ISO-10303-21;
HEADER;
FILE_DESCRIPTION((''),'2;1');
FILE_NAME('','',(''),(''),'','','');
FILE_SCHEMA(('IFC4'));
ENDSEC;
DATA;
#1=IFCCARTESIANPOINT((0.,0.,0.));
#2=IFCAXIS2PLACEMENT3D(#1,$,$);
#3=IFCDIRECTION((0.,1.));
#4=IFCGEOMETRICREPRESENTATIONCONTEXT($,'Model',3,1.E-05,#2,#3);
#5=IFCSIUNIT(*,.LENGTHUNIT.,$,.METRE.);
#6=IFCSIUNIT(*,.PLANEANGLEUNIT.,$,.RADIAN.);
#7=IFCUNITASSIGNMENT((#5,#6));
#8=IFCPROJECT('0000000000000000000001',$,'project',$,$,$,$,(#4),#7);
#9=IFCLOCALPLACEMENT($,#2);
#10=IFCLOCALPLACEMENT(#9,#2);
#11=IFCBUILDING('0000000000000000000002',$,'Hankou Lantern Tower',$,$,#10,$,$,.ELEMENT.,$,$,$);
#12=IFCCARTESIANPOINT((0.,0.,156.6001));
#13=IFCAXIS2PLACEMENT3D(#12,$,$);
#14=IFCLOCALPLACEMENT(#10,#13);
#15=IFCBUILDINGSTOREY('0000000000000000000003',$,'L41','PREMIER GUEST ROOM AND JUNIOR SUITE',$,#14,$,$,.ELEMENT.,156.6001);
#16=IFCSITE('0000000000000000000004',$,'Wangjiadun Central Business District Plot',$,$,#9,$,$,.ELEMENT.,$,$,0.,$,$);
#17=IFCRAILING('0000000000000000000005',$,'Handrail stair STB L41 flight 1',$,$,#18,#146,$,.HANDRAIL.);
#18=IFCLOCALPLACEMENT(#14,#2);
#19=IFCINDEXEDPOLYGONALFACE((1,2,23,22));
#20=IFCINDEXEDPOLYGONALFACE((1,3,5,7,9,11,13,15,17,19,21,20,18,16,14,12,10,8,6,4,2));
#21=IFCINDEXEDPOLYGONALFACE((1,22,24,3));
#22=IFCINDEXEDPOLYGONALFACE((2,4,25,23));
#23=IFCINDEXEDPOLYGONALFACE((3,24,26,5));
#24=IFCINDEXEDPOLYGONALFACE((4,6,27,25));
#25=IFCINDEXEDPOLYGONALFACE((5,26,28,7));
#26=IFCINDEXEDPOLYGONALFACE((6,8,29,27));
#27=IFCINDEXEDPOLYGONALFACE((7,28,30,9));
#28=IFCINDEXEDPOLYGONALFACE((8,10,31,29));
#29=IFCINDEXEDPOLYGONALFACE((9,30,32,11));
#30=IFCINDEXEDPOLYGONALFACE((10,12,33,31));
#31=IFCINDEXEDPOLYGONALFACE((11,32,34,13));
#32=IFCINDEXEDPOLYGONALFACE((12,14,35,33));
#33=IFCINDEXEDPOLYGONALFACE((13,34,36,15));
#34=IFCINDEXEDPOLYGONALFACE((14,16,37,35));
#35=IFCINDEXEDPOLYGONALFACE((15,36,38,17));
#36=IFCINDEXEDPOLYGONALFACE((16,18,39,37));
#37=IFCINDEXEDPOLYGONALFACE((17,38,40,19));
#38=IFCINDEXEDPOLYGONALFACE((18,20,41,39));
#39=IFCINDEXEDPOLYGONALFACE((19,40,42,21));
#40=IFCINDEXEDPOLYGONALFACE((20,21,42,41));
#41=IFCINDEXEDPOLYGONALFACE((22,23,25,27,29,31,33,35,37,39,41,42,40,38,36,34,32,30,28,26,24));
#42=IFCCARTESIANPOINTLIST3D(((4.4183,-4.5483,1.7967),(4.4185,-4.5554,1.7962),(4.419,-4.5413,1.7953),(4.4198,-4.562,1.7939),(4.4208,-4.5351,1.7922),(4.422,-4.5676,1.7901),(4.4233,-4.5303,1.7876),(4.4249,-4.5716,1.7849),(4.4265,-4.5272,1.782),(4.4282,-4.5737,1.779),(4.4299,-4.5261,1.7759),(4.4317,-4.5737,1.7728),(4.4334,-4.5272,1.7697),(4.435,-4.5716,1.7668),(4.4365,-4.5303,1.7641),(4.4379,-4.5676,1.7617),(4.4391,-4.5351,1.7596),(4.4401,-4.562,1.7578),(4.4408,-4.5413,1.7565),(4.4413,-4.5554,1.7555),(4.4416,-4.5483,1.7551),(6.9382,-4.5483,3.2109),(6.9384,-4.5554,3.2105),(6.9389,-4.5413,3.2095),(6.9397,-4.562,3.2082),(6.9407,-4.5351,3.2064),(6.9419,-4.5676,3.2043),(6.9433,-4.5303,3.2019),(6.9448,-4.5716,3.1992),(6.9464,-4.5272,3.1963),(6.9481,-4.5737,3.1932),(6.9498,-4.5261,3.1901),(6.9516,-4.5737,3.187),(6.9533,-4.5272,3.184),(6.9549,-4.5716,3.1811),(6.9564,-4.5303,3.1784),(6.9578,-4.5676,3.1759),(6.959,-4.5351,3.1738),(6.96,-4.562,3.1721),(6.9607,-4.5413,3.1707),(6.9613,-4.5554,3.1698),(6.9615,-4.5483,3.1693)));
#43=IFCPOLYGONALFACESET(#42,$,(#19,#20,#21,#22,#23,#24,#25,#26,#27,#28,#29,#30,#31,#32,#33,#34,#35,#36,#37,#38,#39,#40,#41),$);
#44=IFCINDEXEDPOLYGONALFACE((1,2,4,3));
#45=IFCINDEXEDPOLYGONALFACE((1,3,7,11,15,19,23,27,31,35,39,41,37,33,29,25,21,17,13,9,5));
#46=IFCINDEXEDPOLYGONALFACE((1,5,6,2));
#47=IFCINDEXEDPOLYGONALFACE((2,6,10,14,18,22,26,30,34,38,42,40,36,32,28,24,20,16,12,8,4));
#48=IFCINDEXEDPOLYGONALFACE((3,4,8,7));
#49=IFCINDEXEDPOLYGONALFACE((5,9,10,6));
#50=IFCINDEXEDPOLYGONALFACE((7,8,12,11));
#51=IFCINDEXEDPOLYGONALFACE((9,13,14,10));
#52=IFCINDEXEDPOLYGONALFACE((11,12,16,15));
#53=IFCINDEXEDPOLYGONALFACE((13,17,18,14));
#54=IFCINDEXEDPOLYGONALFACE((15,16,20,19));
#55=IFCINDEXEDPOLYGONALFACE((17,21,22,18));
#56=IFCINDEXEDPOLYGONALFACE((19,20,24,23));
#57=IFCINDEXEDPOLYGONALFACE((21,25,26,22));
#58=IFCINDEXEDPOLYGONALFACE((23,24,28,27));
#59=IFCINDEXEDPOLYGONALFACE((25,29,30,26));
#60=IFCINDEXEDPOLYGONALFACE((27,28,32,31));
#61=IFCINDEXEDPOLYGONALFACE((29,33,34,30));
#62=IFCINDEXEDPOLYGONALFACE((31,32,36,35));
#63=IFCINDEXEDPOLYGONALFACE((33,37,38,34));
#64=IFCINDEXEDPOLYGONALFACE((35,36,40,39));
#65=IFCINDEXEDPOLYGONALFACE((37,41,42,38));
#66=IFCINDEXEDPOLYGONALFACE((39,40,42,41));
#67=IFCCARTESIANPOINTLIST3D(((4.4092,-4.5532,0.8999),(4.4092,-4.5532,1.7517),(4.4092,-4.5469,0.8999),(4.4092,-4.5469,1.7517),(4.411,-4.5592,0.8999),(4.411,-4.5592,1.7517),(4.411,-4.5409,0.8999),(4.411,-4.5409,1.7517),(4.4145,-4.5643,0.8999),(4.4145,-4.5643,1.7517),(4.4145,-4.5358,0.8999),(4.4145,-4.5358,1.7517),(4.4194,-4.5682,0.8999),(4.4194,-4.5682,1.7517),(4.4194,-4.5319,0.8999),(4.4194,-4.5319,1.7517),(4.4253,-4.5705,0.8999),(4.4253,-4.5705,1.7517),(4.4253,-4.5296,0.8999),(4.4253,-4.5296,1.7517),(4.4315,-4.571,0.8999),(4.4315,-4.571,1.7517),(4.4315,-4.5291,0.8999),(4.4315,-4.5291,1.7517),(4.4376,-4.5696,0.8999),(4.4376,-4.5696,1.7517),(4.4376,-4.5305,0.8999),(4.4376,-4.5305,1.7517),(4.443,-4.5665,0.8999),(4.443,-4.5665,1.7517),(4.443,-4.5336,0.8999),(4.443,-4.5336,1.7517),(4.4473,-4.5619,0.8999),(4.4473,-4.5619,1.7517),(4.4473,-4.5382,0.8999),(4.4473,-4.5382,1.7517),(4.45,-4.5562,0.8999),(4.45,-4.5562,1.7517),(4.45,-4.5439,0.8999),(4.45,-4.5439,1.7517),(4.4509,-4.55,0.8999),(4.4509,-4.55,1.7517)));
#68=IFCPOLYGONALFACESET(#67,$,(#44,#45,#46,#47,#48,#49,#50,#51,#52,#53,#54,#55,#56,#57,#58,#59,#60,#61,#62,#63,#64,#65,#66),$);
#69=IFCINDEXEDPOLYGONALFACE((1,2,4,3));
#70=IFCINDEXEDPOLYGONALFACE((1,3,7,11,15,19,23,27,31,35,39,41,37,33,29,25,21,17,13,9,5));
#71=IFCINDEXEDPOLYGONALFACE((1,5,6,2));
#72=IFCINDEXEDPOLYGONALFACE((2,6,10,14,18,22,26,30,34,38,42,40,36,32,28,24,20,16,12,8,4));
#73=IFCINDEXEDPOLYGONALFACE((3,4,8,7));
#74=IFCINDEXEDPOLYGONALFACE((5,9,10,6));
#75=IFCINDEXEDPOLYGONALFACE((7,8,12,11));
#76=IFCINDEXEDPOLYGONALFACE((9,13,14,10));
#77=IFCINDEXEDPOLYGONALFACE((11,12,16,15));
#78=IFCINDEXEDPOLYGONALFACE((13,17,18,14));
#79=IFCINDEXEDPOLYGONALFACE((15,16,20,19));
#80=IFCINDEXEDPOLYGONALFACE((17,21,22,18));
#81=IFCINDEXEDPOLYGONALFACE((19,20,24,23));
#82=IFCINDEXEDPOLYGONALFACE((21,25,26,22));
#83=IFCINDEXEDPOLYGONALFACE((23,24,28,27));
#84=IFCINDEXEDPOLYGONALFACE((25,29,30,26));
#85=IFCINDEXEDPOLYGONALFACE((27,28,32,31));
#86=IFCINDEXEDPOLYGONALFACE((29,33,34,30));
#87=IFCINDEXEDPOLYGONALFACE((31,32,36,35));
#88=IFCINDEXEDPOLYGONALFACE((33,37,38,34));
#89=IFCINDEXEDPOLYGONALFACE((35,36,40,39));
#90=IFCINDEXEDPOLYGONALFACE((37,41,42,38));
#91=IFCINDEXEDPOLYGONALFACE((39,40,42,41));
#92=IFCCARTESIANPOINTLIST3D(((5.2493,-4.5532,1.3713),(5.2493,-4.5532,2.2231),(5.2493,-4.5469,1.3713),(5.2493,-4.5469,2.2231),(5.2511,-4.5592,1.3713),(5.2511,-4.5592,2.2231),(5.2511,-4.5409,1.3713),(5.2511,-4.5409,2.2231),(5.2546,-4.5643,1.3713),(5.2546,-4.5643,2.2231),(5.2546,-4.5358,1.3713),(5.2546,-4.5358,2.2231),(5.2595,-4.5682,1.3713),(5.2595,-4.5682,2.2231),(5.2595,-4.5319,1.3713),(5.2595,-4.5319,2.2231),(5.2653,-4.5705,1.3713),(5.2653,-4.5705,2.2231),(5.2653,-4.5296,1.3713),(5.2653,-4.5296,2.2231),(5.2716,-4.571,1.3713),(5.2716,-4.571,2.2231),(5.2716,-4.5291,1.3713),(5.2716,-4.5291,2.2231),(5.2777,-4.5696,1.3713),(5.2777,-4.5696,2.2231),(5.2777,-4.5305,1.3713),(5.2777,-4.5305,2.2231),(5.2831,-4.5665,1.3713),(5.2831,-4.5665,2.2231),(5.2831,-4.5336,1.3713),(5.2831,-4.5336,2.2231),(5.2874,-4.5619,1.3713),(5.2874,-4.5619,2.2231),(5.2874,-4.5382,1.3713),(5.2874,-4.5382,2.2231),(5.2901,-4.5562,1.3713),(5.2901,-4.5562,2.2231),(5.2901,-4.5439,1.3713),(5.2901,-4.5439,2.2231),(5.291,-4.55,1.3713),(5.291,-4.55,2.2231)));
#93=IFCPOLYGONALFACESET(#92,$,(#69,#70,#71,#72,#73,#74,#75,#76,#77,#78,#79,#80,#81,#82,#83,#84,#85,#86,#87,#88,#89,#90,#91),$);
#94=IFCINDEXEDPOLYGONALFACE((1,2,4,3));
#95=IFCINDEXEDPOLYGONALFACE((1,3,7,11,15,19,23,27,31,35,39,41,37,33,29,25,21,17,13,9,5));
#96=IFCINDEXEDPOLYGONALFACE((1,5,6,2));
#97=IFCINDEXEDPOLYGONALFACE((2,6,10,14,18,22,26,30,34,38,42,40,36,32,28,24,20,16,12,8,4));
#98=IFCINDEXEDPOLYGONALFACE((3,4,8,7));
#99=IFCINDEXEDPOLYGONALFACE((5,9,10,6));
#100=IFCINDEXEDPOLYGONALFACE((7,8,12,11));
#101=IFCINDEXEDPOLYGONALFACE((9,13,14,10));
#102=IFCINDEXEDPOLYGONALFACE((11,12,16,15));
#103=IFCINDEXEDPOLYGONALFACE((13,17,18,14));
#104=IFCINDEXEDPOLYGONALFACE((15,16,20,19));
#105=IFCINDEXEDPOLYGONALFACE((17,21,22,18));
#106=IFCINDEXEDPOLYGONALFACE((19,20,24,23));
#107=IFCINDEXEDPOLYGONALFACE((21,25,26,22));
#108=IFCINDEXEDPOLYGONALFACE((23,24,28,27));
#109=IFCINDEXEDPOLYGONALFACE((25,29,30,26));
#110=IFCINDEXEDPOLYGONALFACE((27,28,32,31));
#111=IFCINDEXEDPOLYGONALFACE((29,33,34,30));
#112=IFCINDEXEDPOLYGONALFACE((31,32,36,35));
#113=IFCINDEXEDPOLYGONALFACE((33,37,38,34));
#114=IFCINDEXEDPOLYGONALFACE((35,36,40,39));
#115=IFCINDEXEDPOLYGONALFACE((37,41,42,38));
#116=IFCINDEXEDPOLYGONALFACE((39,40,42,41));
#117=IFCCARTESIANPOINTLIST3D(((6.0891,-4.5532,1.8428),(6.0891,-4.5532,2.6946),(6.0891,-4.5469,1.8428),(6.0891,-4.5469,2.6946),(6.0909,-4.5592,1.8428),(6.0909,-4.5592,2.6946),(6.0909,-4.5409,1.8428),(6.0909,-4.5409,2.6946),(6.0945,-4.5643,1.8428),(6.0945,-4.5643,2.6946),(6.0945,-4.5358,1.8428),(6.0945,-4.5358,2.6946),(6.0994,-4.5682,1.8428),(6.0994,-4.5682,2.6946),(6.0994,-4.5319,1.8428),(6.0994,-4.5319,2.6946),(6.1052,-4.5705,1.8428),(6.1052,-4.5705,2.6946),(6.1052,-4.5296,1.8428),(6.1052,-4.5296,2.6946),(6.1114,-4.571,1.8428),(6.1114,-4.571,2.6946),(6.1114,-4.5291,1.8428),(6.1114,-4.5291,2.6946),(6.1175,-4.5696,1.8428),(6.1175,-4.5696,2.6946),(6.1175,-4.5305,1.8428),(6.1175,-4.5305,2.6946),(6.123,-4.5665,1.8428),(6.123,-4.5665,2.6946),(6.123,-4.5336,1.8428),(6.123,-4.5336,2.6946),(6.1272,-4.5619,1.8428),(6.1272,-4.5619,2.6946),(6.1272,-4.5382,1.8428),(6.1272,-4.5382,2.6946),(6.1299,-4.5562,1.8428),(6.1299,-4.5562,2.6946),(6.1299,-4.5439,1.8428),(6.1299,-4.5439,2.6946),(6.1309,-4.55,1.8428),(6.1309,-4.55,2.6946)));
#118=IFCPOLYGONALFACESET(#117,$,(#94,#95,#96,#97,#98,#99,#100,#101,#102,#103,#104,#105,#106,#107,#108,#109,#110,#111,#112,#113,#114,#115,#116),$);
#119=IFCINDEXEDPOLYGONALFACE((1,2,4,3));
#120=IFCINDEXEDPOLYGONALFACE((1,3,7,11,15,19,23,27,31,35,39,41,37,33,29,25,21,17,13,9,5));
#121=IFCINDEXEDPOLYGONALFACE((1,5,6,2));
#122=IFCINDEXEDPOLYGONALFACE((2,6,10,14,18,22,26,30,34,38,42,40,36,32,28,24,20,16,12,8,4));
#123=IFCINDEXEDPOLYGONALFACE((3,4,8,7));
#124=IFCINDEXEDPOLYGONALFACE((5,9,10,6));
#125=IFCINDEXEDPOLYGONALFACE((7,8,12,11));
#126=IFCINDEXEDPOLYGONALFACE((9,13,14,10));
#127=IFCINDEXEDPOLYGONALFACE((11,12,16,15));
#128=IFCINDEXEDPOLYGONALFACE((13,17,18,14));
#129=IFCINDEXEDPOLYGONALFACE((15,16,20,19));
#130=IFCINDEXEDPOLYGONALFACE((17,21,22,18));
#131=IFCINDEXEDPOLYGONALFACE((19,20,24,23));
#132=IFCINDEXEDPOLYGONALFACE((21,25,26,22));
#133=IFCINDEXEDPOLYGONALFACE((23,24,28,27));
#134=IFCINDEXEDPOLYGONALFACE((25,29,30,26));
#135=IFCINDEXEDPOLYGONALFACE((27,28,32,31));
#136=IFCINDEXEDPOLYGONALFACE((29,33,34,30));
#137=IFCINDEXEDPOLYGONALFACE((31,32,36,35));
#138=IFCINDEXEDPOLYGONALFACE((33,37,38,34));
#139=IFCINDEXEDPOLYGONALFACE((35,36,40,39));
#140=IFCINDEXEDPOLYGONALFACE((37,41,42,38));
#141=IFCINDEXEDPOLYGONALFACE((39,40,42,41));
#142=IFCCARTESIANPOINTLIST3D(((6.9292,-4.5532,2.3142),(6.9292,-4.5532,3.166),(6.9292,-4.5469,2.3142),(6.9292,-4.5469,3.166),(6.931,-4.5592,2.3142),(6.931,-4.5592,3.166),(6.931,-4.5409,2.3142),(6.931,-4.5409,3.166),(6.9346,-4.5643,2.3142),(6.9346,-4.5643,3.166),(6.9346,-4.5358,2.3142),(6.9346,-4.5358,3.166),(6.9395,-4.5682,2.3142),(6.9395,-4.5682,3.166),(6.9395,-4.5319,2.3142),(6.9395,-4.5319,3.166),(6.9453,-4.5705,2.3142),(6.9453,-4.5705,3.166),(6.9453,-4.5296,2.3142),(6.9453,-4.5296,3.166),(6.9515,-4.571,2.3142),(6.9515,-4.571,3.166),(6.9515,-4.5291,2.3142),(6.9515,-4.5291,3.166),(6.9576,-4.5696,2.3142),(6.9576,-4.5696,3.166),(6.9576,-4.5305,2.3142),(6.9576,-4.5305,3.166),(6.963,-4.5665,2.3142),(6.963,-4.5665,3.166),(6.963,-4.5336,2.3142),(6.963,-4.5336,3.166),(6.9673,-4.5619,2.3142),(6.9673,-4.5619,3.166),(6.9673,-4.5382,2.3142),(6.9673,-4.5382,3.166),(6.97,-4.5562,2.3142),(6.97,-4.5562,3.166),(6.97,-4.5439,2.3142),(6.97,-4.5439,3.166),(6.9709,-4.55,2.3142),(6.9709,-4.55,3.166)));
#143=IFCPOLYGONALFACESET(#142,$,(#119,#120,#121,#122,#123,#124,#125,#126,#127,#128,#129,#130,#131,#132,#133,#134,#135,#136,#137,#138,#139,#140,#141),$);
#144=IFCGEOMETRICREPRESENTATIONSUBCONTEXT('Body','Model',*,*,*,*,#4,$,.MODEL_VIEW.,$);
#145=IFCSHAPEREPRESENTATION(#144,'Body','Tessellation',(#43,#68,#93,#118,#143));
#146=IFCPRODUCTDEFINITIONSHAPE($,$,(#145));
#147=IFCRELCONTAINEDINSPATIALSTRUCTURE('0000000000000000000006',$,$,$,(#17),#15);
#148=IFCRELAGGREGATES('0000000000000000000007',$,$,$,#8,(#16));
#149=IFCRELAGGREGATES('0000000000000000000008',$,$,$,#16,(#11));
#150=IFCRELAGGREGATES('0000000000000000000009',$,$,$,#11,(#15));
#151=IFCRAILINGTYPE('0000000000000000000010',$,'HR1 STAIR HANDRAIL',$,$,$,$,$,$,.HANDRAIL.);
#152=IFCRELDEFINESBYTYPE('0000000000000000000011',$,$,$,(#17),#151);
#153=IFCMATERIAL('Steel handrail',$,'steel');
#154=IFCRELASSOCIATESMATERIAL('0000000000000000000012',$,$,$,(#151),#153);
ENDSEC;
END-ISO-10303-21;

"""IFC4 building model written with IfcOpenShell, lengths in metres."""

from ifc_helpers import new_model, si_unit, direction, frame, origin, origin_2d, place, context, subcontext, project, spatial, circle, extrude, material, type_object, element, save


model = new_model("IFC4")

# Units and contexts
model_context = context("Model", 3, precision=1e-05, world=origin(), true_north=direction((0.0, 1.0)))
body_context = subcontext(model_context, "Body", "Model", "MODEL_VIEW")
ifc_project = project(units=[si_unit("LENGTHUNIT", "METRE"), si_unit("PLANEANGLEUNIT", "RADIAN")], contexts=[model_context])

# Site, building, storey
site_placement = place(None, origin())
site = spatial("IfcSite", under=ifc_project, at=site_placement, Name="Wangjiadun Central Business District Plot", CompositionType="ELEMENT", RefElevation=0.0)
building_placement = place(site_placement, origin())
building = spatial("IfcBuilding", under=site, at=building_placement, Name="Hankou Lantern Tower", CompositionType="ELEMENT")
storey_placement = place(building_placement, frame((0.0, 0.0, 156.6001)))
storey = spatial("IfcBuildingStorey", under=building, at=storey_placement, Name="L41", Description="PREMIER GUEST ROOM AND JUNIOR SUITE", CompositionType="ELEMENT", Elevation=156.6001)

# Railing
ifc_material_1 = material(Name="Steel handrail", Category="steel")
railing_type = type_object("IfcRailingType", Name="HR1 STAIR HANDRAIL", PredefinedType="HANDRAIL", material=ifc_material_1)
railing_1_placement = place(storey_placement, frame((4.4299, -4.55, 0.8999)))
element("IfcRailing", 1, at=railing_1_placement, inside=storey, type_object=railing_type, Name="Handrail stair STB L41 flight 1", PredefinedType="HANDRAIL", context=body_context, shape_type="SweptSolid", body=[
    extrude(circle(Radius=0.0239, at=origin_2d()), frame((0.0, 0.0, 0.876), z_axis=(0.872049, 0.0, 0.489419), x_axis=(0.0, 1.0, 0.0)), (0.0, 0.0, 1.0), 2.8896),
    extrude(circle(Radius=0.021, at=origin_2d()), origin(), (0.0, 0.0, 1.0), 0.8518),
    extrude(circle(Radius=0.021, at=origin_2d()), frame((0.8401, 0.0, 0.4714)), (0.0, 0.0, 1.0), 0.8518),
    extrude(circle(Radius=0.021, at=origin_2d()), frame((1.6799, 0.0, 0.9429)), (0.0, 0.0, 1.0), 0.8518),
    extrude(circle(Radius=0.021, at=origin_2d()), frame((2.52, 0.0, 1.4143)), (0.0, 0.0, 1.0), 0.8518),
])

save(model, "model.ifc")
